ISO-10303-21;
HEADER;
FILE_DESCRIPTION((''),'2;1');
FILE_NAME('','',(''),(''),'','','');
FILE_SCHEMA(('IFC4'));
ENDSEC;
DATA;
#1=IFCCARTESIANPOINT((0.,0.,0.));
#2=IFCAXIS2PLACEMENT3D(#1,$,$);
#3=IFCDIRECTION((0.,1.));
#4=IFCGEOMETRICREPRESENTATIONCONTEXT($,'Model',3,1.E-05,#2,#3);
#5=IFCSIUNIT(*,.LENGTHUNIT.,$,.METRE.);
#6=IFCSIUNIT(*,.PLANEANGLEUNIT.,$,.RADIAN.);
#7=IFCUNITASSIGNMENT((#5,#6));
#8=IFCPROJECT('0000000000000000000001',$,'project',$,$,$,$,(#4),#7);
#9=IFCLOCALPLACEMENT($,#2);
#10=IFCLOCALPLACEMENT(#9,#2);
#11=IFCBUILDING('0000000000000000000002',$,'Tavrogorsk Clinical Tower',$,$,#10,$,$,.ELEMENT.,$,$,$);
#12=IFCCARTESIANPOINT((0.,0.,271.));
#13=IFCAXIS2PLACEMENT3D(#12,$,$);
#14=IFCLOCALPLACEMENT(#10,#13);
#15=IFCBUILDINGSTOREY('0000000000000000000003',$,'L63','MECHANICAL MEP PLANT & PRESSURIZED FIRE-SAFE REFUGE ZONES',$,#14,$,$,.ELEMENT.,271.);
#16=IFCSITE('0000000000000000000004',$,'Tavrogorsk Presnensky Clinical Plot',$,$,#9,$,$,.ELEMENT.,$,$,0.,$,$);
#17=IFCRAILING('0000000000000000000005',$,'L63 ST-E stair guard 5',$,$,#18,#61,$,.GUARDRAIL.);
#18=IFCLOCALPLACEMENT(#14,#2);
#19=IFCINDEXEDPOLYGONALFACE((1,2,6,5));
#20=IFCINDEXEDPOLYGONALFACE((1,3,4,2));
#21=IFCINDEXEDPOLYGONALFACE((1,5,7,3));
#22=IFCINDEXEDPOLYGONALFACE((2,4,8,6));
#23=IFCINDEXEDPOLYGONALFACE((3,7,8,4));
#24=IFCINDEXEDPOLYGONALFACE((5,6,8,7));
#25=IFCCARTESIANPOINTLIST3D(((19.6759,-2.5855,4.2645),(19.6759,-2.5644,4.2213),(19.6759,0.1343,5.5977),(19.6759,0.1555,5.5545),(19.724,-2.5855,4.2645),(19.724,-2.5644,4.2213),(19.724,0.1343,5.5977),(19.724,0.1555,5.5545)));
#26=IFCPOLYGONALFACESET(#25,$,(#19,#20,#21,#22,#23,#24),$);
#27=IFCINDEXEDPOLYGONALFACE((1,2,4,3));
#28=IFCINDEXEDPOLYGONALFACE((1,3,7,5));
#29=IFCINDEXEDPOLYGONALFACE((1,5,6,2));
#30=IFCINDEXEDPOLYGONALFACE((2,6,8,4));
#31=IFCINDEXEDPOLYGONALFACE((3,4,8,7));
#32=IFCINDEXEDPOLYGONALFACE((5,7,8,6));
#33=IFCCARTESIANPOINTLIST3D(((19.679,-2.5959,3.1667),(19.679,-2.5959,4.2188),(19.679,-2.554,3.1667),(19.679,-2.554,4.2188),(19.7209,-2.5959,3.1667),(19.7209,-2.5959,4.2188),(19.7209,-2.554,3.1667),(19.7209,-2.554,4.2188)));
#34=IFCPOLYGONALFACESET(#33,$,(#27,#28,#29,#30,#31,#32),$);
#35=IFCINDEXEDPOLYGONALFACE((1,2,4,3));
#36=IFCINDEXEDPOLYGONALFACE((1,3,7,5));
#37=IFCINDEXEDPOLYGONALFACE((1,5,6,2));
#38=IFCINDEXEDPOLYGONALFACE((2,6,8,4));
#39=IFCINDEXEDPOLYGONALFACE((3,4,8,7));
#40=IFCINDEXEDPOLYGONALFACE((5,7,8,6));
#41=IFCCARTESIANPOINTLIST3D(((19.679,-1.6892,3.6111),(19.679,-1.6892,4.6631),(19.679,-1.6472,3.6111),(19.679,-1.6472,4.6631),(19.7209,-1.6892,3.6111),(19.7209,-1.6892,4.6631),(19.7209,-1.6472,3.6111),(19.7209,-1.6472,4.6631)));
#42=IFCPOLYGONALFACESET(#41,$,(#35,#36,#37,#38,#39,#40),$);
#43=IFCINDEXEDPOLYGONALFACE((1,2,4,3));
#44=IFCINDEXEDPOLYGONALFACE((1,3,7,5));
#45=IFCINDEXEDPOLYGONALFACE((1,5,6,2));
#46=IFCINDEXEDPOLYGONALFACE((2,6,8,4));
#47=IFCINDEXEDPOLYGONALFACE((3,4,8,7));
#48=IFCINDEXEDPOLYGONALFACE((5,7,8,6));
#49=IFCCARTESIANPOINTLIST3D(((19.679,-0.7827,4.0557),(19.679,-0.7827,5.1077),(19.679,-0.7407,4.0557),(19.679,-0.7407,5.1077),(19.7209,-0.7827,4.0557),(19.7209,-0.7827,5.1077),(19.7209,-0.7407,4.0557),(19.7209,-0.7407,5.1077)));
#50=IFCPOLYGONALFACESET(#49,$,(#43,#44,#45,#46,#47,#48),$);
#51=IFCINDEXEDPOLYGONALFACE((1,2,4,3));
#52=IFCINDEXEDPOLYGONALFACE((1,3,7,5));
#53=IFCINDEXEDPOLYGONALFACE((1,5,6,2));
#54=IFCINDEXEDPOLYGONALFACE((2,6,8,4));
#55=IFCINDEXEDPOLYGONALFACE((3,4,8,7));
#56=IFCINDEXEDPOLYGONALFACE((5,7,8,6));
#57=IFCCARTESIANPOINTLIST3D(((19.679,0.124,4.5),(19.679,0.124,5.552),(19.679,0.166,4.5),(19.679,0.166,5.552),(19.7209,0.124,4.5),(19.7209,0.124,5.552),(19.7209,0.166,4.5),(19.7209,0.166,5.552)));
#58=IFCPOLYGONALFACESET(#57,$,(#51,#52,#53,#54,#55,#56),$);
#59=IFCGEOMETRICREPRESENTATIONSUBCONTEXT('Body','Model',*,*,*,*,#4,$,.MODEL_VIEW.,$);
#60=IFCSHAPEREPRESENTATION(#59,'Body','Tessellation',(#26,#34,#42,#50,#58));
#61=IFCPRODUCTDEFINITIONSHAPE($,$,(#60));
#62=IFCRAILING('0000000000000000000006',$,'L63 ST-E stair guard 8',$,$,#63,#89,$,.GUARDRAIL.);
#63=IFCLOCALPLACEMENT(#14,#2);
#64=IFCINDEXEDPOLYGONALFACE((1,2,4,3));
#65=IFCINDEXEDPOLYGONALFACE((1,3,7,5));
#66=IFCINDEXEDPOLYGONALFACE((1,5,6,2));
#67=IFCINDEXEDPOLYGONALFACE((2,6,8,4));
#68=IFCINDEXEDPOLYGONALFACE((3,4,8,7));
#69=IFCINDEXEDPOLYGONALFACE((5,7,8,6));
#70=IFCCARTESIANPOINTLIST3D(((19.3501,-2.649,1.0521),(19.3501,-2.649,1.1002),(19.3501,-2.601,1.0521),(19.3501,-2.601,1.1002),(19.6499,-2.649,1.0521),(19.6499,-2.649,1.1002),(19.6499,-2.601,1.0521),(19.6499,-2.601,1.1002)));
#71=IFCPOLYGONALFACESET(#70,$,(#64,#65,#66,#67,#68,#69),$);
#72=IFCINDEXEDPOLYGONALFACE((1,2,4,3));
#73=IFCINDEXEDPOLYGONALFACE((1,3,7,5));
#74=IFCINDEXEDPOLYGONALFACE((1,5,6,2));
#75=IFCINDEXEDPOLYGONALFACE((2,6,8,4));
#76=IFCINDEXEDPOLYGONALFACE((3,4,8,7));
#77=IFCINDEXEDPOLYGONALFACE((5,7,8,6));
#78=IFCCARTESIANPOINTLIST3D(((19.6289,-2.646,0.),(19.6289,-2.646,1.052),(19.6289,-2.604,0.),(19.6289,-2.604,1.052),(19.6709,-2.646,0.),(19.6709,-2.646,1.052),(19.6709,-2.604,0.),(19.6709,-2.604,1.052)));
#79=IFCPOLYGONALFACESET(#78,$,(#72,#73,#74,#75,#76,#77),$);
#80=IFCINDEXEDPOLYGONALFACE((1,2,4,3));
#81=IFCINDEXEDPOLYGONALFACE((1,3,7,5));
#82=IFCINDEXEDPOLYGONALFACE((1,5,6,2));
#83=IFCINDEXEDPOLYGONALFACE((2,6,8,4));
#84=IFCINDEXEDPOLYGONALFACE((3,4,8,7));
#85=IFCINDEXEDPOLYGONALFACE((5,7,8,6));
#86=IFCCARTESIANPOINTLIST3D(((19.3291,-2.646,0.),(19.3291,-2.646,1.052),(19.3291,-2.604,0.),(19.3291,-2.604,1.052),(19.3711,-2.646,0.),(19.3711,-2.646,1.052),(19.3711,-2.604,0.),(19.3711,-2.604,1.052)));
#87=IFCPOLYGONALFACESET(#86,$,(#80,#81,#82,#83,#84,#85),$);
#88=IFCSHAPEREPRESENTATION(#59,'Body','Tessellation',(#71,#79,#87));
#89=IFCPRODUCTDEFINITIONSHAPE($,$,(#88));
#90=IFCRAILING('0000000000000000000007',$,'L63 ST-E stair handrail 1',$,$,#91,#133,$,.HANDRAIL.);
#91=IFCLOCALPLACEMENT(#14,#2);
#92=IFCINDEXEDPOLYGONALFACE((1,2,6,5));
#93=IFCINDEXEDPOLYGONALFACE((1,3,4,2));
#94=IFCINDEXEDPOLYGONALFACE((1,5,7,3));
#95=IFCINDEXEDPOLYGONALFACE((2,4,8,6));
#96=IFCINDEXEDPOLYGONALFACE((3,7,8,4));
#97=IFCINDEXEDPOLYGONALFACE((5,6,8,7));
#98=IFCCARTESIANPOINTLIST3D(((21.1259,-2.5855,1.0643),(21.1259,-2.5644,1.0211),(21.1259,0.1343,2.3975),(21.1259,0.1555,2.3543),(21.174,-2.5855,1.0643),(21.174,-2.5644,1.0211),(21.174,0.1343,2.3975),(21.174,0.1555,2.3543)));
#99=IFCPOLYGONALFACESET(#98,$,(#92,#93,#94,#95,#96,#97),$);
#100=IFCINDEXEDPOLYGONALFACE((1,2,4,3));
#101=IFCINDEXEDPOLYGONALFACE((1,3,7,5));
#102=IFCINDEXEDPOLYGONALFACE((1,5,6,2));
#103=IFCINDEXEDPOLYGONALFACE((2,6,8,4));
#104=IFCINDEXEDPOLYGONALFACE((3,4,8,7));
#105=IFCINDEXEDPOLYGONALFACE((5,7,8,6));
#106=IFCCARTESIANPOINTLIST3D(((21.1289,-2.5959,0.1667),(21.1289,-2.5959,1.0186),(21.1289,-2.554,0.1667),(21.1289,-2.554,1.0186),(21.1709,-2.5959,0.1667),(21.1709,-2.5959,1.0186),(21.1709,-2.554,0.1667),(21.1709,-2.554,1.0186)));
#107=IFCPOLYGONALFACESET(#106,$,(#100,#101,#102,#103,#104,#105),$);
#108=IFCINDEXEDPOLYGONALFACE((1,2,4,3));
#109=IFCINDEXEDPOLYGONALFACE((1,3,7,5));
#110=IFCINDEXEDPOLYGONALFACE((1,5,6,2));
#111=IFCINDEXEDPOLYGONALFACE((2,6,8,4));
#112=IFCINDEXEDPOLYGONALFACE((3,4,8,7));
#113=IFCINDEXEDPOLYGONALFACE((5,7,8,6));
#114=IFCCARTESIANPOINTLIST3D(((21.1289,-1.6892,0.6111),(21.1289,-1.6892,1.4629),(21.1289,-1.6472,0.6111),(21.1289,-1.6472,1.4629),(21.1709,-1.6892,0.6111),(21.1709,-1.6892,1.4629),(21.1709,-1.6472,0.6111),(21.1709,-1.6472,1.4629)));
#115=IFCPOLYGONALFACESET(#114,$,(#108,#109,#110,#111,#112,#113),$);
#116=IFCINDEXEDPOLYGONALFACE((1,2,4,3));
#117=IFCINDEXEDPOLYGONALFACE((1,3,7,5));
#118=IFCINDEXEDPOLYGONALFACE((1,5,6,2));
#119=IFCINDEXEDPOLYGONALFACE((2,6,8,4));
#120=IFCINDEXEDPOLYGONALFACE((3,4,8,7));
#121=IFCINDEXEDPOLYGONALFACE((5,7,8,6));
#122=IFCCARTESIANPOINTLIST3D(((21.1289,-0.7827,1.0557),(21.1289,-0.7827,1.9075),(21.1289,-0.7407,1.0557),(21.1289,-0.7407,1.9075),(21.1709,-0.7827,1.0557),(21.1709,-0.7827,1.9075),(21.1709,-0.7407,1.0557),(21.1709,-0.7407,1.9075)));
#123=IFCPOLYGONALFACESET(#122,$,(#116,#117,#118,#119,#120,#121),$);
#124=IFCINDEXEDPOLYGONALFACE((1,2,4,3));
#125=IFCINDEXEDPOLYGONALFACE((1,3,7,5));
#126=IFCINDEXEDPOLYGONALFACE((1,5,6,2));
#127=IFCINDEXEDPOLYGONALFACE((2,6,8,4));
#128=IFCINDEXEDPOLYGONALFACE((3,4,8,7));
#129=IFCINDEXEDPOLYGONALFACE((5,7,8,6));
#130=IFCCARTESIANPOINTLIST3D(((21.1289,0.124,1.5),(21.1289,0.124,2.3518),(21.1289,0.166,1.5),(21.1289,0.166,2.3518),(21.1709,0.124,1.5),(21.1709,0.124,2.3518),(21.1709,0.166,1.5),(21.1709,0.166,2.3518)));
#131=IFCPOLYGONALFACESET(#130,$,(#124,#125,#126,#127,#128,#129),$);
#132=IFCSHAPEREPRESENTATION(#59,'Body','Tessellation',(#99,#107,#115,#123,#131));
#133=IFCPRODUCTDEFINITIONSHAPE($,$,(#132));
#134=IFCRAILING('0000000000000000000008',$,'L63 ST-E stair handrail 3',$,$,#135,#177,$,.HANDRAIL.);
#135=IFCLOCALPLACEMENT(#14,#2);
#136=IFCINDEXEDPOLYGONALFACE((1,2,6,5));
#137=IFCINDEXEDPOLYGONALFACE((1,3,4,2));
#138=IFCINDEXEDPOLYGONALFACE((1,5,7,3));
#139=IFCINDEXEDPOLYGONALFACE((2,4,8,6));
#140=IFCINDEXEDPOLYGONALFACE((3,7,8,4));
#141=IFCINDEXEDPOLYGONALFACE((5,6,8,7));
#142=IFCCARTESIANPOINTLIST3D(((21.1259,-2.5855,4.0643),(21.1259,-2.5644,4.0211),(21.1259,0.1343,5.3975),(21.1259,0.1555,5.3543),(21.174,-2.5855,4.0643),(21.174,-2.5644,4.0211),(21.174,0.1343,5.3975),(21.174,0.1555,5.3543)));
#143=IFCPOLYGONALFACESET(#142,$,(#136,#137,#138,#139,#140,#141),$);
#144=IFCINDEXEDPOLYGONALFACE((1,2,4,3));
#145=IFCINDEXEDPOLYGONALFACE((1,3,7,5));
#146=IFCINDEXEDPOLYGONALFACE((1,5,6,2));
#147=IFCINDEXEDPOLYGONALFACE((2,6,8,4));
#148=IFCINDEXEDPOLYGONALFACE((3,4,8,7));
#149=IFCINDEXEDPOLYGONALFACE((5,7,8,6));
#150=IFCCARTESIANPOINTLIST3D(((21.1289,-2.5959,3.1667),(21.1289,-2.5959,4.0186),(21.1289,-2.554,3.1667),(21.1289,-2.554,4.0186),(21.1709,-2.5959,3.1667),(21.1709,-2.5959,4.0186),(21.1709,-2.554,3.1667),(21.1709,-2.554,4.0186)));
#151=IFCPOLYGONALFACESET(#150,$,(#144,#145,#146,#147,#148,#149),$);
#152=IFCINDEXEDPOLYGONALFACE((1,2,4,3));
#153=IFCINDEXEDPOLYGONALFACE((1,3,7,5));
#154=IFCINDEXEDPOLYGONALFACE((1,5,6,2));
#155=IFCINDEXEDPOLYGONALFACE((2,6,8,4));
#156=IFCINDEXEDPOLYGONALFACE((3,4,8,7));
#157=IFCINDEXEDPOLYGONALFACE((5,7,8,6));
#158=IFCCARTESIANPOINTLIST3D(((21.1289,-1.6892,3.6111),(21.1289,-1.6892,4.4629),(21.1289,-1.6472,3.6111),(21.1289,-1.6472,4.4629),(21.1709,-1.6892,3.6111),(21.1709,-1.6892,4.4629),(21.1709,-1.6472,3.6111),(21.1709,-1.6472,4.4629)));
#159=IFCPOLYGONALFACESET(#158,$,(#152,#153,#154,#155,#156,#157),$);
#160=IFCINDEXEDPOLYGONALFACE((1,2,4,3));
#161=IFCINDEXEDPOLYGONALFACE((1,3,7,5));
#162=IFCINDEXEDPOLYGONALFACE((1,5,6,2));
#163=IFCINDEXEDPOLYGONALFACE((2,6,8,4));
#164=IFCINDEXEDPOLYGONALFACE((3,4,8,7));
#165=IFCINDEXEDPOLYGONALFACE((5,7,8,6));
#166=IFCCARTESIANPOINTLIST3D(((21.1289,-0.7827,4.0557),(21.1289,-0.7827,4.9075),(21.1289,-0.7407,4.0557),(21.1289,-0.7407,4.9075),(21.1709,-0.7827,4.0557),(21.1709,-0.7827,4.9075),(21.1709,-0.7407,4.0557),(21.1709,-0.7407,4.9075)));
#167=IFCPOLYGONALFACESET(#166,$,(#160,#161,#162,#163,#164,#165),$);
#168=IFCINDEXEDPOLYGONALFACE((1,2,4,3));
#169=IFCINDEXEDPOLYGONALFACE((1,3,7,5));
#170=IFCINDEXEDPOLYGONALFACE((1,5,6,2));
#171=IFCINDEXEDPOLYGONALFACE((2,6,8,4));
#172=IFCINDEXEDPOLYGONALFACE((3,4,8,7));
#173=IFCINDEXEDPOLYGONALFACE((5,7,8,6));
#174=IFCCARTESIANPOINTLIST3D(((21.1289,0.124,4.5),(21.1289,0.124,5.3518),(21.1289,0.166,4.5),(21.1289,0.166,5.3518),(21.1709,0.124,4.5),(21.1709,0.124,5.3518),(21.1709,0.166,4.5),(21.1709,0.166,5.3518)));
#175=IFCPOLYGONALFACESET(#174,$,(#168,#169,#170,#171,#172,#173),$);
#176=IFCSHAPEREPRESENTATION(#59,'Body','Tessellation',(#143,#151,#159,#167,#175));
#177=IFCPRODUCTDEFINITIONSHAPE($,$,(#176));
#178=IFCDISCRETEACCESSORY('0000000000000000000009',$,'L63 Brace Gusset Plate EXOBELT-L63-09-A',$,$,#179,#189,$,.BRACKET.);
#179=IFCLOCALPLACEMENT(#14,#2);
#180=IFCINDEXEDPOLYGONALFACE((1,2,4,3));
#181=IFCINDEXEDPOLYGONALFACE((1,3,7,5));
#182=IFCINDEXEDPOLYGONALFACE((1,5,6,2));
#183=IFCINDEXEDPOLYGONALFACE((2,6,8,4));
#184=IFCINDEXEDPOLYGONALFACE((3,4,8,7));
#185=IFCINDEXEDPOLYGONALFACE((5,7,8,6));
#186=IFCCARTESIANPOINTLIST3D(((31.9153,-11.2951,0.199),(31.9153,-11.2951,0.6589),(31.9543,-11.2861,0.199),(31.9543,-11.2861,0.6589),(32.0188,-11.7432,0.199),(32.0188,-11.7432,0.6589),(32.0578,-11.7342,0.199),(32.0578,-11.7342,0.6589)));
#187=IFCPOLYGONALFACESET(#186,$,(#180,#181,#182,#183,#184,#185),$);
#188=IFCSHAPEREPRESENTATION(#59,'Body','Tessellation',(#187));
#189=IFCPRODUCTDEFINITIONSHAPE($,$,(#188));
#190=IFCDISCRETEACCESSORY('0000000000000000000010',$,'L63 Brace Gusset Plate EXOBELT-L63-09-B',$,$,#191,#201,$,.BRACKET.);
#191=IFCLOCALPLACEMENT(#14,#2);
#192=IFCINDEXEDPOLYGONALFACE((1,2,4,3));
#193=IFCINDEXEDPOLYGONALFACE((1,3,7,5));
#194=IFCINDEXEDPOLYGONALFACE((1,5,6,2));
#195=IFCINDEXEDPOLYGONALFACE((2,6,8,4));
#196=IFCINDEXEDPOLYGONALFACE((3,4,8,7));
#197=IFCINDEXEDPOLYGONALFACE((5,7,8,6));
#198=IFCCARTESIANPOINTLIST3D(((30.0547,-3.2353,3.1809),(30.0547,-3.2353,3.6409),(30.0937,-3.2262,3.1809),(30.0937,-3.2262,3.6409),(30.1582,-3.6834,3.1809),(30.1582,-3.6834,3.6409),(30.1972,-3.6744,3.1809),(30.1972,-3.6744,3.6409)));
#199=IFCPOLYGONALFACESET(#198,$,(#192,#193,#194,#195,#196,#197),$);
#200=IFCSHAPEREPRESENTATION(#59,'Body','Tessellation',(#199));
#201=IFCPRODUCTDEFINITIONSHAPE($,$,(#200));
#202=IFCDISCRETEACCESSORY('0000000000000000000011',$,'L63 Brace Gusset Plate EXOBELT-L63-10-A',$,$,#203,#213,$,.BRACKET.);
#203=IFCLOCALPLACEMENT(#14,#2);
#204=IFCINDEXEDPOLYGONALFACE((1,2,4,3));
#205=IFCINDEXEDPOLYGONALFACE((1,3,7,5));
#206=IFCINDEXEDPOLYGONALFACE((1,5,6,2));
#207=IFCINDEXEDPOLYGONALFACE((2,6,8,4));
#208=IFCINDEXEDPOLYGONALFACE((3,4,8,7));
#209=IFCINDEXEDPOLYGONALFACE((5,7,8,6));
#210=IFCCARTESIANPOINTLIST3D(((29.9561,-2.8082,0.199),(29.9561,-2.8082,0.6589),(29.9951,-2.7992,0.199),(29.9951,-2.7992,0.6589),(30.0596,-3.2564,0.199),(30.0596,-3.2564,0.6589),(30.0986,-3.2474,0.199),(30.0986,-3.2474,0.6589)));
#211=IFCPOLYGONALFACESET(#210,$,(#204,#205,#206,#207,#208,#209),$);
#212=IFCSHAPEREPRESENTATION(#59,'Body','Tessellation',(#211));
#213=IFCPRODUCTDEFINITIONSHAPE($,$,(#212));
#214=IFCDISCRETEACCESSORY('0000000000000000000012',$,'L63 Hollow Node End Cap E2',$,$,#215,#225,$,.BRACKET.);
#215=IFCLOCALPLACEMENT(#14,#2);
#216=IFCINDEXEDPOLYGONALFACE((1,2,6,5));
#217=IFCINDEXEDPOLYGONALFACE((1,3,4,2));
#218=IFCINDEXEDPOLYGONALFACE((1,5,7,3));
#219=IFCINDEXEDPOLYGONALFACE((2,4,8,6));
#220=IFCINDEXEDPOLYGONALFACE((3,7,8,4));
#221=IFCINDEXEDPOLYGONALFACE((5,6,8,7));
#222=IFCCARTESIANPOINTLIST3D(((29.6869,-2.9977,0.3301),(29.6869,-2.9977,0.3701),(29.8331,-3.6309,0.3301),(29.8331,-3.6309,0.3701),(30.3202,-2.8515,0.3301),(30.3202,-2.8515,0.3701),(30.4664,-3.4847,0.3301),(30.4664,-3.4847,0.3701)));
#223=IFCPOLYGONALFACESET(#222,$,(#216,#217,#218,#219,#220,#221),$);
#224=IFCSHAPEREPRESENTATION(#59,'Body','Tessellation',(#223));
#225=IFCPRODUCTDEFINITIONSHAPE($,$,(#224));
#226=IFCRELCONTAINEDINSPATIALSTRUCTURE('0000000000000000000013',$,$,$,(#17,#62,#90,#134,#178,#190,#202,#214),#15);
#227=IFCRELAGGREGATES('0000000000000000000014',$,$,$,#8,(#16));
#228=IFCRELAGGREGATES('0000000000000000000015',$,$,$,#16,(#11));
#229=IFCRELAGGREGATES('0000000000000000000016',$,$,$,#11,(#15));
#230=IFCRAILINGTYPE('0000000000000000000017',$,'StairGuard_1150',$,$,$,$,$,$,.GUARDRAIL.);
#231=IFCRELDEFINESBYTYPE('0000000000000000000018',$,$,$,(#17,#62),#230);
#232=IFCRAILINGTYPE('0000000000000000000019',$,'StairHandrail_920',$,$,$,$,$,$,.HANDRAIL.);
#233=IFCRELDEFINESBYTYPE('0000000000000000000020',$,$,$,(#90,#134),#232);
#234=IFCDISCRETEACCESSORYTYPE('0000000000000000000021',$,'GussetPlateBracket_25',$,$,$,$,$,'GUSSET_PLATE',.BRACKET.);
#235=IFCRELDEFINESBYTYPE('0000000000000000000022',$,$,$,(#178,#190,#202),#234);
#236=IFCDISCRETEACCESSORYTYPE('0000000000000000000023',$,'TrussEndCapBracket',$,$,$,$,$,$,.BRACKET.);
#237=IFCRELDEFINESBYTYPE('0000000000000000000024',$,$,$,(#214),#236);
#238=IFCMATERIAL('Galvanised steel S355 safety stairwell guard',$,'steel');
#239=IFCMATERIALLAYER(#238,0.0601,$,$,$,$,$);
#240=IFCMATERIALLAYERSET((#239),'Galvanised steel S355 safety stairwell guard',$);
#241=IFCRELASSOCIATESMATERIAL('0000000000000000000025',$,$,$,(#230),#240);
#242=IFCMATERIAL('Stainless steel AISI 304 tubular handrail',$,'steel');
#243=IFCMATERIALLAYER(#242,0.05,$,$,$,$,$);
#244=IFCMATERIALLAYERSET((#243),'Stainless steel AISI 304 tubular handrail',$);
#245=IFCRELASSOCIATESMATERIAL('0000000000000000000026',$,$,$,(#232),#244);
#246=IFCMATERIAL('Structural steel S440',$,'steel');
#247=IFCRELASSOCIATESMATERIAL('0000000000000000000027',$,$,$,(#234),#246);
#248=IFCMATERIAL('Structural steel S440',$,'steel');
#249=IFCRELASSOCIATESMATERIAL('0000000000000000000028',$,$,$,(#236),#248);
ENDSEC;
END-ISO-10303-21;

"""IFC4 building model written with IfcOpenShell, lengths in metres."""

from ifc_helpers import new_model, si_unit, direction, frame, origin, origin_2d, place, context, subcontext, project, spatial, rectangle, extrude, material, layer, layer_set, type_object, element, save


model = new_model("IFC4")

# Units and contexts
model_context = context("Model", 3, precision=1e-05, world=origin(), true_north=direction((0.0, 1.0)))
body_context = subcontext(model_context, "Body", "Model", "MODEL_VIEW")
ifc_project = project(units=[si_unit("LENGTHUNIT", "METRE"), si_unit("PLANEANGLEUNIT", "RADIAN")], contexts=[model_context])

# Site, building, storey
site_placement = place(None, origin())
site = spatial("IfcSite", under=ifc_project, at=site_placement, Name="Tavrogorsk Presnensky Clinical Plot", CompositionType="ELEMENT", RefElevation=0.0)
building_placement = place(site_placement, origin())
building = spatial("IfcBuilding", under=site, at=building_placement, Name="Tavrogorsk Clinical Tower", CompositionType="ELEMENT")
storey_placement = place(building_placement, frame((0.0, 0.0, 271.0)))
storey = spatial("IfcBuildingStorey", under=building, at=storey_placement, Name="L63", Description="MECHANICAL MEP PLANT & PRESSURIZED FIRE-SAFE REFUGE ZONES", CompositionType="ELEMENT", Elevation=271.0)

# Railings
ifc_material_1 = material(Name="Galvanised steel S355 safety stairwell guard", Category="steel")
ifc_layer_1 = layer(ifc_material_1, 0.0601)
ifc_layer_set_1 = layer_set([ifc_layer_1], Name="Galvanised steel S355 safety stairwell guard")
railing_type_1 = type_object("IfcRailingType", Name="StairGuard_1150", PredefinedType="GUARDRAIL", material=ifc_layer_set_1)
railing_1_placement = place(storey_placement, frame((19.7, -2.575, 3.1667)))
element("IfcRailing", 1, at=railing_1_placement, inside=storey, type_object=railing_type_1, Name="L63 ST-E stair guard 5", PredefinedType="GUARDRAIL", context=body_context, shape_type="SweptSolid", body=[
    extrude(rectangle(XDim=0.0481, YDim=0.0481, at=origin_2d()), frame((0.0, 0.0, 1.0762), z_axis=(0.0, 0.897929, 0.440139), x_axis=(-1.0, 0.0, 0.0)), (0.0, 0.0, 1.0), 3.0291),
    extrude(rectangle(XDim=0.042, YDim=0.042, at=origin_2d()), origin(), (0.0, 0.0, 1.0), 1.052),
    extrude(rectangle(XDim=0.042, YDim=0.042, at=origin_2d()), frame((0.0, 0.9067, 0.4443)), (0.0, 0.0, 1.0), 1.052),
    extrude(rectangle(XDim=0.042, YDim=0.042, at=origin_2d()), frame((0.0, 1.8132, 0.8889)), (0.0, 0.0, 1.0), 1.052),
    extrude(rectangle(XDim=0.042, YDim=0.042, at=origin_2d()), frame((0.0, 2.72, 1.3333)), (0.0, 0.0, 1.0), 1.052),
])
railing_2_placement = place(storey_placement, frame((19.6499, -2.625, 0.0)))
element("IfcRailing", 2, at=railing_2_placement, inside=storey, type_object=railing_type_1, Name="L63 ST-E stair guard 8", PredefinedType="GUARDRAIL", context=body_context, shape_type="SweptSolid", body=[
    extrude(rectangle(XDim=0.0481, YDim=0.0481, at=origin_2d()), frame((0.0, 0.0, 1.0762), z_axis=(-1.0, 0.0, 0.0), x_axis=(0.0, -1.0, 0.0)), (0.0, 0.0, 1.0), 0.2998),
    extrude(rectangle(XDim=0.042, YDim=0.042, at=origin_2d()), origin(), (0.0, 0.0, 1.0), 1.052),
    extrude(rectangle(XDim=0.042, YDim=0.042, at=origin_2d()), frame((-0.2998, 0.0, 0.0)), (0.0, 0.0, 1.0), 1.052),
])
ifc_material_2 = material(Name="Stainless steel AISI 304 tubular handrail", Category="steel")
ifc_layer_2 = layer(ifc_material_2, 0.05)
ifc_layer_set_2 = layer_set([ifc_layer_2], Name="Stainless steel AISI 304 tubular handrail")
railing_type_2 = type_object("IfcRailingType", Name="StairHandrail_920", PredefinedType="HANDRAIL", material=ifc_layer_set_2)
for number, where, name in (
    (3, (21.1499, -2.575, 0.1667), "L63 ST-E stair handrail 1"),
    (4, (21.1499, -2.575, 3.1667), "L63 ST-E stair handrail 3"),
):
    element("IfcRailing", number, at=place(storey_placement, frame(where)), inside=storey, type_object=railing_type_2, Name=name, PredefinedType="HANDRAIL", context=body_context, shape_type="SweptSolid", body=[
        extrude(rectangle(XDim=0.0481, YDim=0.0481, at=origin_2d()), frame((0.0, 0.0, 0.876), z_axis=(0.0, 0.897929, 0.440139), x_axis=(-1.0, 0.0, 0.0)), (0.0, 0.0, 1.0), 3.0291),
        extrude(rectangle(XDim=0.042, YDim=0.042, at=origin_2d()), origin(), (0.0, 0.0, 1.0), 0.8518),
        extrude(rectangle(XDim=0.042, YDim=0.042, at=origin_2d()), frame((0.0, 0.9067, 0.4443)), (0.0, 0.0, 1.0), 0.8518),
        extrude(rectangle(XDim=0.042, YDim=0.042, at=origin_2d()), frame((0.0, 1.8132, 0.8889)), (0.0, 0.0, 1.0), 0.8518),
        extrude(rectangle(XDim=0.042, YDim=0.042, at=origin_2d()), frame((0.0, 2.72, 1.3333)), (0.0, 0.0, 1.0), 0.8518),
    ])

# Discrete accessories
ifc_material_3 = material(Name="Structural steel S440", Category="steel")
discrete_accessory_type_1 = type_object("IfcDiscreteAccessoryType", Name="GussetPlateBracket_25", ElementType="GUSSET_PLATE", PredefinedType="BRACKET", material=ifc_material_3)
for number, where, z_axis, x_axis, name in (
    (5, (31.9866, -11.5146, 0.199), (0.0, 0.0, 1.0), (-0.224951, 0.97437, 0.0), "L63 Brace Gusset Plate EXOBELT-L63-09-A"),
    (6, (30.126, -3.4548, 3.1809), (0.0, 0.0, 1.0), (-0.224951, 0.97437, 0.0), "L63 Brace Gusset Plate EXOBELT-L63-09-B"),
    (7, (30.0273, -3.0278, 0.199), (0.0, 0.0, 1.0), (-0.224951, 0.97437, 0.0), "L63 Brace Gusset Plate EXOBELT-L63-10-A"),
):
    element("IfcDiscreteAccessory", number, at=place(storey_placement, frame(where, z_axis=z_axis, x_axis=x_axis)), inside=storey, type_object=discrete_accessory_type_1, Name=name, PredefinedType="BRACKET", context=body_context, shape_type="SweptSolid", body=[
        extrude(rectangle(XDim=0.46, YDim=0.04, at=origin_2d()), origin(), (0.0, 0.0, 1.0), 0.46),
    ])
ifc_material_4 = material(Name="Structural steel S440", Category="steel")
discrete_accessory_type_2 = type_object("IfcDiscreteAccessoryType", Name="TrussEndCapBracket", PredefinedType="BRACKET", material=ifc_material_4)
discrete_accessory_placement = place(storey_placement, frame((30.0767, -3.2412, 0.3301), z_axis=(0.0, 0.0, 1.0), x_axis=(0.97437, 0.224951, 0.0)))
element("IfcDiscreteAccessory", 8, at=discrete_accessory_placement, inside=storey, type_object=discrete_accessory_type_2, Name="L63 Hollow Node End Cap E2", PredefinedType="BRACKET", context=body_context, shape_type="SweptSolid", body=[
    extrude(rectangle(XDim=0.6499, YDim=0.6499, at=origin_2d()), origin(), (0.0, 0.0, 1.0), 0.04),
])

save(model, "model.ifc")
